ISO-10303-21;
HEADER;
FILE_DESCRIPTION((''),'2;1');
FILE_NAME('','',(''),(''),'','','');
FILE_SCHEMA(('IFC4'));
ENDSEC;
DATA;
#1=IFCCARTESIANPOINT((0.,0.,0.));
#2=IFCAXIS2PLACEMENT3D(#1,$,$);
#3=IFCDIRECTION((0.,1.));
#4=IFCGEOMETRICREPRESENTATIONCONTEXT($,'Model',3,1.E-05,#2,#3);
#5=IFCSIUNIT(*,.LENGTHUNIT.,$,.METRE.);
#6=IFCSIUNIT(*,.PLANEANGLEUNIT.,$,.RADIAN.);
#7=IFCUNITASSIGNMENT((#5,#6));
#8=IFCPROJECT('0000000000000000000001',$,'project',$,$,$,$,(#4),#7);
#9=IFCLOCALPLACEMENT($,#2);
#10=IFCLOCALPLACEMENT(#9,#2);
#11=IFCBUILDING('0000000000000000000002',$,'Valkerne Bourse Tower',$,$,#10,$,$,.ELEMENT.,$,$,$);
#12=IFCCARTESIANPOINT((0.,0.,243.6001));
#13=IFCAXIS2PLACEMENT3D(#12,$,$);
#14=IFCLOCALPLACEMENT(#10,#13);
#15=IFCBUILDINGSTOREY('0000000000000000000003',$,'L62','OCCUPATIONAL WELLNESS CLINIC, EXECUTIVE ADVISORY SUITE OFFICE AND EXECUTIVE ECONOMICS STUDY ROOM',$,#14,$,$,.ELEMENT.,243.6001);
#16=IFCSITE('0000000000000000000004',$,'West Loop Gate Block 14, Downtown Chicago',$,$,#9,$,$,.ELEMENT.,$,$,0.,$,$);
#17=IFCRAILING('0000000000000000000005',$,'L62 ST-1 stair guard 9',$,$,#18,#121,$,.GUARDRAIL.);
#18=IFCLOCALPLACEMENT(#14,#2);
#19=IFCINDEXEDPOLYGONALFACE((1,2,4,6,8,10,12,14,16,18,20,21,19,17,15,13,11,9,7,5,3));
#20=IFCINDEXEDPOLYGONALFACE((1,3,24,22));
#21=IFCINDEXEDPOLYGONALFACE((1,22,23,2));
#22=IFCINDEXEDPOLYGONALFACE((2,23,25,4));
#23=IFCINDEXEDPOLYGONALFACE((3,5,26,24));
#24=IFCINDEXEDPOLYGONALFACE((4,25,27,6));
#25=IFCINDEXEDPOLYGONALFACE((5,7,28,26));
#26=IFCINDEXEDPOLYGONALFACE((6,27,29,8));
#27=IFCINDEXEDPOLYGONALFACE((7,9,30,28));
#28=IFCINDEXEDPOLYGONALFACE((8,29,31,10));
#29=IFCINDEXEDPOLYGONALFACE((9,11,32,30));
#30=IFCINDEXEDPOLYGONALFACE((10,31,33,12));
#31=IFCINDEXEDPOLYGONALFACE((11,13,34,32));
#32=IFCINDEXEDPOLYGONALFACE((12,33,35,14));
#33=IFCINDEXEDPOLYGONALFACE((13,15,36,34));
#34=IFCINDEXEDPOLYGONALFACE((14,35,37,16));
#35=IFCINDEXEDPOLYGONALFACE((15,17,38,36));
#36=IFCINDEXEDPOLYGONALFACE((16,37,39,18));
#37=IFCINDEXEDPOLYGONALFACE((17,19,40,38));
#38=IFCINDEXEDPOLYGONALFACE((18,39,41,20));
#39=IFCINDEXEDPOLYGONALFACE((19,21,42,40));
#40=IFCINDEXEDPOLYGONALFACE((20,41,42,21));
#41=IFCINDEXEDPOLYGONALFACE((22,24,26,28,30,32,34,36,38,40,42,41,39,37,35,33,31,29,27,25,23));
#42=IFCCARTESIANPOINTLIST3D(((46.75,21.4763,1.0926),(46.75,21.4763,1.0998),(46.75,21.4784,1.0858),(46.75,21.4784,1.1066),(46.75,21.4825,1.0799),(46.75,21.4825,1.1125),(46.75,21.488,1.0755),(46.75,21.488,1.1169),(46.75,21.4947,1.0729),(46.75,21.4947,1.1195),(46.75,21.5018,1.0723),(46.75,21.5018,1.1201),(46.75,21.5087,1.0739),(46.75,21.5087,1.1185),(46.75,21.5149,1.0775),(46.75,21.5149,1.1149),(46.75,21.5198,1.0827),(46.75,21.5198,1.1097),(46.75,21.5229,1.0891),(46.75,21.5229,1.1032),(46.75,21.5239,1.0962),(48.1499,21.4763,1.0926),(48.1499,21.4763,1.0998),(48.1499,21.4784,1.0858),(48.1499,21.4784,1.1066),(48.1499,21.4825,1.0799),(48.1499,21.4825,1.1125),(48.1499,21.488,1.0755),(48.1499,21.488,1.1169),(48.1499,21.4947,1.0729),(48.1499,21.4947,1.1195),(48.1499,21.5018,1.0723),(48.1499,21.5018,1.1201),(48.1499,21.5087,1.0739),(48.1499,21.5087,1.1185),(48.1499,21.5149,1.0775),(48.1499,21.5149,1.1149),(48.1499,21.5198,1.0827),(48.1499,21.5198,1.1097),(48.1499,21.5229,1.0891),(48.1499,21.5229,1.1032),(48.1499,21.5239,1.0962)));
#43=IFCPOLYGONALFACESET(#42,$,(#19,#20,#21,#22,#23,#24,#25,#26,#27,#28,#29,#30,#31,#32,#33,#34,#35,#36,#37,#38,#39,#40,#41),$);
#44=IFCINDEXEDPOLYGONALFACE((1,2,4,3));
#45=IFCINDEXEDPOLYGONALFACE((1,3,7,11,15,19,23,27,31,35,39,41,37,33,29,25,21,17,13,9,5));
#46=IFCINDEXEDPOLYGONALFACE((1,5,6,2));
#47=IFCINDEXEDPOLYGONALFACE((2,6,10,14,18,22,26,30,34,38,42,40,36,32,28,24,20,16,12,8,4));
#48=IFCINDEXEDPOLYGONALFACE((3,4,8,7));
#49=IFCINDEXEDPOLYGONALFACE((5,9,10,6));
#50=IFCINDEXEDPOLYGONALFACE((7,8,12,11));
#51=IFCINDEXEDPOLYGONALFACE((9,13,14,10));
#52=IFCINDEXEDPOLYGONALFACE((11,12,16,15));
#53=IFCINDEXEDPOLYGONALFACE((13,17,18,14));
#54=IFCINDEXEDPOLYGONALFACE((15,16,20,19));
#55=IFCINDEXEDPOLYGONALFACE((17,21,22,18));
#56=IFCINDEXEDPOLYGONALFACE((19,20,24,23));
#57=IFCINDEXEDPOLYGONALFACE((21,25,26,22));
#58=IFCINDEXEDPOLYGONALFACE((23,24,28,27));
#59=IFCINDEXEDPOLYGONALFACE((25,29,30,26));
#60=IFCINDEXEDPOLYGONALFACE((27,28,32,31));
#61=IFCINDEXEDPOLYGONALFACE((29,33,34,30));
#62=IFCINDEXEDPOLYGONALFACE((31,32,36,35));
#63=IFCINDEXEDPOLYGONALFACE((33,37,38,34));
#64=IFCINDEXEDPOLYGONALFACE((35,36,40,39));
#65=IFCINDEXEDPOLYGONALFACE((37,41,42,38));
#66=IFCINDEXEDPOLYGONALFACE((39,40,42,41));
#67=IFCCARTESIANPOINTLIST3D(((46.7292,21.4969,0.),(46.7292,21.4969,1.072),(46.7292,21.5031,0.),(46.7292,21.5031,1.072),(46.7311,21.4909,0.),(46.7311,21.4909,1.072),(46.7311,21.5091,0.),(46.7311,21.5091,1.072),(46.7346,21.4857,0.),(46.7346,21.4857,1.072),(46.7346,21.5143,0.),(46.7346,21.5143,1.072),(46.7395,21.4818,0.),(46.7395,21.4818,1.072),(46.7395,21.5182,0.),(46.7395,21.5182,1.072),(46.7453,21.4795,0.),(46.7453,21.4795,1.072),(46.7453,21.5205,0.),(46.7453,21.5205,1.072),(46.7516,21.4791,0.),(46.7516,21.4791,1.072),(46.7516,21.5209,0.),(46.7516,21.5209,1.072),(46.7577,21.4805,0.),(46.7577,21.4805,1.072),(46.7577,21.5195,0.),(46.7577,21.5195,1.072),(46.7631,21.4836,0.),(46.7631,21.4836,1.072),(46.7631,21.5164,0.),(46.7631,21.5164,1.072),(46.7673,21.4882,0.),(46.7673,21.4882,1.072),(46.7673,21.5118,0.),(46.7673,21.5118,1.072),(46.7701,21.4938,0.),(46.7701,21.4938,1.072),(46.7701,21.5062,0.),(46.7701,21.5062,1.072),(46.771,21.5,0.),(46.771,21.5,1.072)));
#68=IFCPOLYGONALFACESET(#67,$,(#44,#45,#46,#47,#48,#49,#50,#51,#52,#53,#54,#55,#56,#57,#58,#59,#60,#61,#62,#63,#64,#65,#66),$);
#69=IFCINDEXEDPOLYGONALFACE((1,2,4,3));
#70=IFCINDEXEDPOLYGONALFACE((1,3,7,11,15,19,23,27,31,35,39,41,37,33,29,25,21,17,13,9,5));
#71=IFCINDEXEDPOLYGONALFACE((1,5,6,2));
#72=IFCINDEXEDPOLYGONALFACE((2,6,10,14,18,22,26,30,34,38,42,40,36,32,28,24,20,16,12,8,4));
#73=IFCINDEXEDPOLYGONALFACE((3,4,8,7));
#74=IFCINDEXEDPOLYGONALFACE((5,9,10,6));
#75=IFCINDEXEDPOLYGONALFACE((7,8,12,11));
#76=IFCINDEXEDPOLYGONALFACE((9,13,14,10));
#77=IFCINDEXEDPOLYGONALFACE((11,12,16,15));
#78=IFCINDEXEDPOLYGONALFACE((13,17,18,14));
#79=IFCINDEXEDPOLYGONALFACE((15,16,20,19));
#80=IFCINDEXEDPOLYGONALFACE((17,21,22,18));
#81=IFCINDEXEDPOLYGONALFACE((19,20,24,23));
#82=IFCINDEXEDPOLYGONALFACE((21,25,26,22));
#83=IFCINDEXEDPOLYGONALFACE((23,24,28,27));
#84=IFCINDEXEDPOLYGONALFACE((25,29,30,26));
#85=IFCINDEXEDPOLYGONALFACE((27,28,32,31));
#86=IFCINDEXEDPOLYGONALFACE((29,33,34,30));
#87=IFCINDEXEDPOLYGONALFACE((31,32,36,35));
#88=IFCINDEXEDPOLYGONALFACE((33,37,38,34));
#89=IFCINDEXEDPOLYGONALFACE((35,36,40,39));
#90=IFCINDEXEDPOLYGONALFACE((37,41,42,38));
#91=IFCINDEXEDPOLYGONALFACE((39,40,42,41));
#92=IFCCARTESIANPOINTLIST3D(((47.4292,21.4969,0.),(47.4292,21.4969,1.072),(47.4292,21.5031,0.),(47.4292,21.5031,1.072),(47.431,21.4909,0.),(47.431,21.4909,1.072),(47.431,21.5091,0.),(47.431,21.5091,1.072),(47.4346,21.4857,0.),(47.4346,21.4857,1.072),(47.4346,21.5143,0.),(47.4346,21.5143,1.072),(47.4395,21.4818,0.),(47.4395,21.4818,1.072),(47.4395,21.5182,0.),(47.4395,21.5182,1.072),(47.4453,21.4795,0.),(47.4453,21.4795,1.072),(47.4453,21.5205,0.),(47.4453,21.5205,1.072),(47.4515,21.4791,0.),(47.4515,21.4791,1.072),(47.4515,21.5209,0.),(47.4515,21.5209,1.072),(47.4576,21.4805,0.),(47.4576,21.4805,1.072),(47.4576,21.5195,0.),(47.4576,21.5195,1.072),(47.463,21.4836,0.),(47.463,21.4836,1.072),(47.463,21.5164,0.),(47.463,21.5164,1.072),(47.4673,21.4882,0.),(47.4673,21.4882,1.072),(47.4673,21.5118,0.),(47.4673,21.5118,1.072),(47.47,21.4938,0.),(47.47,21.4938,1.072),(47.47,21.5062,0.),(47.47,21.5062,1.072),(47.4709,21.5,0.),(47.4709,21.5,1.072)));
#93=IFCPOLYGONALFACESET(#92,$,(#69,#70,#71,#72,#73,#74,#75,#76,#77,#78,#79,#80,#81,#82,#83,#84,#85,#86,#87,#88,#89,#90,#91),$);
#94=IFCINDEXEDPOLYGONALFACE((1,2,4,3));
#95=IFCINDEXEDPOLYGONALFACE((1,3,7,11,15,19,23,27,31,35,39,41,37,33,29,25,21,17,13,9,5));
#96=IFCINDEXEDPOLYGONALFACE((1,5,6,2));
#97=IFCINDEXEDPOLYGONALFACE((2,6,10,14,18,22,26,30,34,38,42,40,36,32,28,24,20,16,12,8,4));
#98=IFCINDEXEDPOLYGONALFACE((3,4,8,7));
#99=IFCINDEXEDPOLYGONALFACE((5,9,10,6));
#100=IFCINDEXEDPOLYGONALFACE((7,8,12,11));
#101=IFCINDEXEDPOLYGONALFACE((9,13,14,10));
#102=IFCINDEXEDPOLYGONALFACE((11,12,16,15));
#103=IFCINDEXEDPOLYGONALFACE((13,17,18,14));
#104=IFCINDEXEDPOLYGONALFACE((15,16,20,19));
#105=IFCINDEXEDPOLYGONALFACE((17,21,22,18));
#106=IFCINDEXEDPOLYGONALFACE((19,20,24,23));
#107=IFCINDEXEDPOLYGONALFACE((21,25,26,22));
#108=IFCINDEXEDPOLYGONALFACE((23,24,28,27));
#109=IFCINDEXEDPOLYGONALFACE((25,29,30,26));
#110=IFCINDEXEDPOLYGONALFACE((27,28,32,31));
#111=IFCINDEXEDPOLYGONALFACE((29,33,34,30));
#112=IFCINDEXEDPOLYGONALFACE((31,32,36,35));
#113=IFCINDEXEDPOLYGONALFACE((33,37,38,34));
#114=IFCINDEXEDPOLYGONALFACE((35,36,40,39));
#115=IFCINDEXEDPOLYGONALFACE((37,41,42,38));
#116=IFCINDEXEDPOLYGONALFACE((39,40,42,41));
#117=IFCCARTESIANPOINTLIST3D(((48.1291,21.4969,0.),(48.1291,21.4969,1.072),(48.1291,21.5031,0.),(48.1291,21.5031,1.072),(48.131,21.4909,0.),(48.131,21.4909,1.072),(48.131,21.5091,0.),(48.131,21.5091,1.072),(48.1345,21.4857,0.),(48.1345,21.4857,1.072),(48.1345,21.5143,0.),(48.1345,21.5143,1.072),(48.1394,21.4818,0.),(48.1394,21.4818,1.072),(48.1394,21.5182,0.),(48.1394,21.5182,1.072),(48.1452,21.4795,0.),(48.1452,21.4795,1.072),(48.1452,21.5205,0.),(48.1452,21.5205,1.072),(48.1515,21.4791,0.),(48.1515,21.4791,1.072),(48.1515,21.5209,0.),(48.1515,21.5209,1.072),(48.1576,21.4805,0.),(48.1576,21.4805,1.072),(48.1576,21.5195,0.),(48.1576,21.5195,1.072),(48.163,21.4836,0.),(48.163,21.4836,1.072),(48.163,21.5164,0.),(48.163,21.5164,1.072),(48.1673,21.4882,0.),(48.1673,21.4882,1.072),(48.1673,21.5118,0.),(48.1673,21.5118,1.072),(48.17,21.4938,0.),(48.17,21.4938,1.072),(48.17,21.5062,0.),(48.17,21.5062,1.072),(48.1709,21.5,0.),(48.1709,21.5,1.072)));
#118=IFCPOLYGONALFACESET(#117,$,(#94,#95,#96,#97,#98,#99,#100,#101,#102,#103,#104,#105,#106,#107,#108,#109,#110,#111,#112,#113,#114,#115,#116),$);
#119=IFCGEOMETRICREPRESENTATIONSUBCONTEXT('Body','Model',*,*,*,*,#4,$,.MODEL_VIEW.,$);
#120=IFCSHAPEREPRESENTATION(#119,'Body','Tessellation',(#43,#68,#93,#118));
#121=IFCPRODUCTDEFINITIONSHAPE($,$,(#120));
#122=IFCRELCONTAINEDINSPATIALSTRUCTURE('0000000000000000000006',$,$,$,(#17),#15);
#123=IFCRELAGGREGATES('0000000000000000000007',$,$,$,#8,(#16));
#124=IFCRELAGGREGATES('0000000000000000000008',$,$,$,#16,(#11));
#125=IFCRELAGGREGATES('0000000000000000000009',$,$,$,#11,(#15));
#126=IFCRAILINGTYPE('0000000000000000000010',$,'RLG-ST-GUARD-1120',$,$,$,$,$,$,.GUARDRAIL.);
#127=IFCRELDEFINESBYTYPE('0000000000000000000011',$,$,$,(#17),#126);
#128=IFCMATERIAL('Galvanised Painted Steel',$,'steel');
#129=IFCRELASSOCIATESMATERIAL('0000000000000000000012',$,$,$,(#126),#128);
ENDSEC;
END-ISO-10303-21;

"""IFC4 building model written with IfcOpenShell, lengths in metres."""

from ifc_helpers import new_model, si_unit, direction, frame, origin, origin_2d, place, context, subcontext, project, spatial, circle, extrude, material, type_object, element, save


model = new_model("IFC4")

# Units and contexts
model_context = context("Model", 3, precision=1e-05, world=origin(), true_north=direction((0.0, 1.0)))
body_context = subcontext(model_context, "Body", "Model", "MODEL_VIEW")
ifc_project = project(units=[si_unit("LENGTHUNIT", "METRE"), si_unit("PLANEANGLEUNIT", "RADIAN")], contexts=[model_context])

# Site, building, storey
site_placement = place(None, origin())
site = spatial("IfcSite", under=ifc_project, at=site_placement, Name="West Loop Gate Block 14, Downtown Chicago", CompositionType="ELEMENT", RefElevation=0.0)
building_placement = place(site_placement, origin())
building = spatial("IfcBuilding", under=site, at=building_placement, Name="Valkerne Bourse Tower", CompositionType="ELEMENT")
storey_placement = place(building_placement, frame((0.0, 0.0, 243.6001)))
storey = spatial("IfcBuildingStorey", under=building, at=storey_placement, Name="L62", Description="OCCUPATIONAL WELLNESS CLINIC, EXECUTIVE ADVISORY SUITE OFFICE AND EXECUTIVE ECONOMICS STUDY ROOM", CompositionType="ELEMENT", Elevation=243.6001)

# Shared definitions
ifc_material_1 = material(Name="Galvanised Painted Steel", Category="steel")

# Railing
railing_type_1 = type_object("IfcRailingType", Name="RLG-ST-GUARD-1120", PredefinedType="GUARDRAIL", material=ifc_material_1)
for number, where, name in (
    (1, (46.75, 21.5, 0.0), "L62 ST-1 stair guard 9"),
):
    element("IfcRailing", number, at=place(storey_placement, frame(where)), inside=storey, type_object=railing_type_1, Name=name, PredefinedType="GUARDRAIL", context=body_context, shape_type="SweptSolid", body=[
        extrude(circle(Radius=0.0239, at=origin_2d()), frame((0.0, 0.0, 1.0962), z_axis=(1.0, 0.0, 0.0), x_axis=(0.0, 1.0, 0.0)), (0.0, 0.0, 1.0), 1.3999),
        extrude(circle(Radius=0.021, at=origin_2d()), origin(), (0.0, 0.0, 1.0), 1.072),
        extrude(circle(Radius=0.021, at=origin_2d()), frame((0.7, 0.0, 0.0)), (0.0, 0.0, 1.0), 1.072),
        extrude(circle(Radius=0.021, at=origin_2d()), frame((1.3999, 0.0, 0.0)), (0.0, 0.0, 1.0), 1.072),
    ])

save(model, "model.ifc")
